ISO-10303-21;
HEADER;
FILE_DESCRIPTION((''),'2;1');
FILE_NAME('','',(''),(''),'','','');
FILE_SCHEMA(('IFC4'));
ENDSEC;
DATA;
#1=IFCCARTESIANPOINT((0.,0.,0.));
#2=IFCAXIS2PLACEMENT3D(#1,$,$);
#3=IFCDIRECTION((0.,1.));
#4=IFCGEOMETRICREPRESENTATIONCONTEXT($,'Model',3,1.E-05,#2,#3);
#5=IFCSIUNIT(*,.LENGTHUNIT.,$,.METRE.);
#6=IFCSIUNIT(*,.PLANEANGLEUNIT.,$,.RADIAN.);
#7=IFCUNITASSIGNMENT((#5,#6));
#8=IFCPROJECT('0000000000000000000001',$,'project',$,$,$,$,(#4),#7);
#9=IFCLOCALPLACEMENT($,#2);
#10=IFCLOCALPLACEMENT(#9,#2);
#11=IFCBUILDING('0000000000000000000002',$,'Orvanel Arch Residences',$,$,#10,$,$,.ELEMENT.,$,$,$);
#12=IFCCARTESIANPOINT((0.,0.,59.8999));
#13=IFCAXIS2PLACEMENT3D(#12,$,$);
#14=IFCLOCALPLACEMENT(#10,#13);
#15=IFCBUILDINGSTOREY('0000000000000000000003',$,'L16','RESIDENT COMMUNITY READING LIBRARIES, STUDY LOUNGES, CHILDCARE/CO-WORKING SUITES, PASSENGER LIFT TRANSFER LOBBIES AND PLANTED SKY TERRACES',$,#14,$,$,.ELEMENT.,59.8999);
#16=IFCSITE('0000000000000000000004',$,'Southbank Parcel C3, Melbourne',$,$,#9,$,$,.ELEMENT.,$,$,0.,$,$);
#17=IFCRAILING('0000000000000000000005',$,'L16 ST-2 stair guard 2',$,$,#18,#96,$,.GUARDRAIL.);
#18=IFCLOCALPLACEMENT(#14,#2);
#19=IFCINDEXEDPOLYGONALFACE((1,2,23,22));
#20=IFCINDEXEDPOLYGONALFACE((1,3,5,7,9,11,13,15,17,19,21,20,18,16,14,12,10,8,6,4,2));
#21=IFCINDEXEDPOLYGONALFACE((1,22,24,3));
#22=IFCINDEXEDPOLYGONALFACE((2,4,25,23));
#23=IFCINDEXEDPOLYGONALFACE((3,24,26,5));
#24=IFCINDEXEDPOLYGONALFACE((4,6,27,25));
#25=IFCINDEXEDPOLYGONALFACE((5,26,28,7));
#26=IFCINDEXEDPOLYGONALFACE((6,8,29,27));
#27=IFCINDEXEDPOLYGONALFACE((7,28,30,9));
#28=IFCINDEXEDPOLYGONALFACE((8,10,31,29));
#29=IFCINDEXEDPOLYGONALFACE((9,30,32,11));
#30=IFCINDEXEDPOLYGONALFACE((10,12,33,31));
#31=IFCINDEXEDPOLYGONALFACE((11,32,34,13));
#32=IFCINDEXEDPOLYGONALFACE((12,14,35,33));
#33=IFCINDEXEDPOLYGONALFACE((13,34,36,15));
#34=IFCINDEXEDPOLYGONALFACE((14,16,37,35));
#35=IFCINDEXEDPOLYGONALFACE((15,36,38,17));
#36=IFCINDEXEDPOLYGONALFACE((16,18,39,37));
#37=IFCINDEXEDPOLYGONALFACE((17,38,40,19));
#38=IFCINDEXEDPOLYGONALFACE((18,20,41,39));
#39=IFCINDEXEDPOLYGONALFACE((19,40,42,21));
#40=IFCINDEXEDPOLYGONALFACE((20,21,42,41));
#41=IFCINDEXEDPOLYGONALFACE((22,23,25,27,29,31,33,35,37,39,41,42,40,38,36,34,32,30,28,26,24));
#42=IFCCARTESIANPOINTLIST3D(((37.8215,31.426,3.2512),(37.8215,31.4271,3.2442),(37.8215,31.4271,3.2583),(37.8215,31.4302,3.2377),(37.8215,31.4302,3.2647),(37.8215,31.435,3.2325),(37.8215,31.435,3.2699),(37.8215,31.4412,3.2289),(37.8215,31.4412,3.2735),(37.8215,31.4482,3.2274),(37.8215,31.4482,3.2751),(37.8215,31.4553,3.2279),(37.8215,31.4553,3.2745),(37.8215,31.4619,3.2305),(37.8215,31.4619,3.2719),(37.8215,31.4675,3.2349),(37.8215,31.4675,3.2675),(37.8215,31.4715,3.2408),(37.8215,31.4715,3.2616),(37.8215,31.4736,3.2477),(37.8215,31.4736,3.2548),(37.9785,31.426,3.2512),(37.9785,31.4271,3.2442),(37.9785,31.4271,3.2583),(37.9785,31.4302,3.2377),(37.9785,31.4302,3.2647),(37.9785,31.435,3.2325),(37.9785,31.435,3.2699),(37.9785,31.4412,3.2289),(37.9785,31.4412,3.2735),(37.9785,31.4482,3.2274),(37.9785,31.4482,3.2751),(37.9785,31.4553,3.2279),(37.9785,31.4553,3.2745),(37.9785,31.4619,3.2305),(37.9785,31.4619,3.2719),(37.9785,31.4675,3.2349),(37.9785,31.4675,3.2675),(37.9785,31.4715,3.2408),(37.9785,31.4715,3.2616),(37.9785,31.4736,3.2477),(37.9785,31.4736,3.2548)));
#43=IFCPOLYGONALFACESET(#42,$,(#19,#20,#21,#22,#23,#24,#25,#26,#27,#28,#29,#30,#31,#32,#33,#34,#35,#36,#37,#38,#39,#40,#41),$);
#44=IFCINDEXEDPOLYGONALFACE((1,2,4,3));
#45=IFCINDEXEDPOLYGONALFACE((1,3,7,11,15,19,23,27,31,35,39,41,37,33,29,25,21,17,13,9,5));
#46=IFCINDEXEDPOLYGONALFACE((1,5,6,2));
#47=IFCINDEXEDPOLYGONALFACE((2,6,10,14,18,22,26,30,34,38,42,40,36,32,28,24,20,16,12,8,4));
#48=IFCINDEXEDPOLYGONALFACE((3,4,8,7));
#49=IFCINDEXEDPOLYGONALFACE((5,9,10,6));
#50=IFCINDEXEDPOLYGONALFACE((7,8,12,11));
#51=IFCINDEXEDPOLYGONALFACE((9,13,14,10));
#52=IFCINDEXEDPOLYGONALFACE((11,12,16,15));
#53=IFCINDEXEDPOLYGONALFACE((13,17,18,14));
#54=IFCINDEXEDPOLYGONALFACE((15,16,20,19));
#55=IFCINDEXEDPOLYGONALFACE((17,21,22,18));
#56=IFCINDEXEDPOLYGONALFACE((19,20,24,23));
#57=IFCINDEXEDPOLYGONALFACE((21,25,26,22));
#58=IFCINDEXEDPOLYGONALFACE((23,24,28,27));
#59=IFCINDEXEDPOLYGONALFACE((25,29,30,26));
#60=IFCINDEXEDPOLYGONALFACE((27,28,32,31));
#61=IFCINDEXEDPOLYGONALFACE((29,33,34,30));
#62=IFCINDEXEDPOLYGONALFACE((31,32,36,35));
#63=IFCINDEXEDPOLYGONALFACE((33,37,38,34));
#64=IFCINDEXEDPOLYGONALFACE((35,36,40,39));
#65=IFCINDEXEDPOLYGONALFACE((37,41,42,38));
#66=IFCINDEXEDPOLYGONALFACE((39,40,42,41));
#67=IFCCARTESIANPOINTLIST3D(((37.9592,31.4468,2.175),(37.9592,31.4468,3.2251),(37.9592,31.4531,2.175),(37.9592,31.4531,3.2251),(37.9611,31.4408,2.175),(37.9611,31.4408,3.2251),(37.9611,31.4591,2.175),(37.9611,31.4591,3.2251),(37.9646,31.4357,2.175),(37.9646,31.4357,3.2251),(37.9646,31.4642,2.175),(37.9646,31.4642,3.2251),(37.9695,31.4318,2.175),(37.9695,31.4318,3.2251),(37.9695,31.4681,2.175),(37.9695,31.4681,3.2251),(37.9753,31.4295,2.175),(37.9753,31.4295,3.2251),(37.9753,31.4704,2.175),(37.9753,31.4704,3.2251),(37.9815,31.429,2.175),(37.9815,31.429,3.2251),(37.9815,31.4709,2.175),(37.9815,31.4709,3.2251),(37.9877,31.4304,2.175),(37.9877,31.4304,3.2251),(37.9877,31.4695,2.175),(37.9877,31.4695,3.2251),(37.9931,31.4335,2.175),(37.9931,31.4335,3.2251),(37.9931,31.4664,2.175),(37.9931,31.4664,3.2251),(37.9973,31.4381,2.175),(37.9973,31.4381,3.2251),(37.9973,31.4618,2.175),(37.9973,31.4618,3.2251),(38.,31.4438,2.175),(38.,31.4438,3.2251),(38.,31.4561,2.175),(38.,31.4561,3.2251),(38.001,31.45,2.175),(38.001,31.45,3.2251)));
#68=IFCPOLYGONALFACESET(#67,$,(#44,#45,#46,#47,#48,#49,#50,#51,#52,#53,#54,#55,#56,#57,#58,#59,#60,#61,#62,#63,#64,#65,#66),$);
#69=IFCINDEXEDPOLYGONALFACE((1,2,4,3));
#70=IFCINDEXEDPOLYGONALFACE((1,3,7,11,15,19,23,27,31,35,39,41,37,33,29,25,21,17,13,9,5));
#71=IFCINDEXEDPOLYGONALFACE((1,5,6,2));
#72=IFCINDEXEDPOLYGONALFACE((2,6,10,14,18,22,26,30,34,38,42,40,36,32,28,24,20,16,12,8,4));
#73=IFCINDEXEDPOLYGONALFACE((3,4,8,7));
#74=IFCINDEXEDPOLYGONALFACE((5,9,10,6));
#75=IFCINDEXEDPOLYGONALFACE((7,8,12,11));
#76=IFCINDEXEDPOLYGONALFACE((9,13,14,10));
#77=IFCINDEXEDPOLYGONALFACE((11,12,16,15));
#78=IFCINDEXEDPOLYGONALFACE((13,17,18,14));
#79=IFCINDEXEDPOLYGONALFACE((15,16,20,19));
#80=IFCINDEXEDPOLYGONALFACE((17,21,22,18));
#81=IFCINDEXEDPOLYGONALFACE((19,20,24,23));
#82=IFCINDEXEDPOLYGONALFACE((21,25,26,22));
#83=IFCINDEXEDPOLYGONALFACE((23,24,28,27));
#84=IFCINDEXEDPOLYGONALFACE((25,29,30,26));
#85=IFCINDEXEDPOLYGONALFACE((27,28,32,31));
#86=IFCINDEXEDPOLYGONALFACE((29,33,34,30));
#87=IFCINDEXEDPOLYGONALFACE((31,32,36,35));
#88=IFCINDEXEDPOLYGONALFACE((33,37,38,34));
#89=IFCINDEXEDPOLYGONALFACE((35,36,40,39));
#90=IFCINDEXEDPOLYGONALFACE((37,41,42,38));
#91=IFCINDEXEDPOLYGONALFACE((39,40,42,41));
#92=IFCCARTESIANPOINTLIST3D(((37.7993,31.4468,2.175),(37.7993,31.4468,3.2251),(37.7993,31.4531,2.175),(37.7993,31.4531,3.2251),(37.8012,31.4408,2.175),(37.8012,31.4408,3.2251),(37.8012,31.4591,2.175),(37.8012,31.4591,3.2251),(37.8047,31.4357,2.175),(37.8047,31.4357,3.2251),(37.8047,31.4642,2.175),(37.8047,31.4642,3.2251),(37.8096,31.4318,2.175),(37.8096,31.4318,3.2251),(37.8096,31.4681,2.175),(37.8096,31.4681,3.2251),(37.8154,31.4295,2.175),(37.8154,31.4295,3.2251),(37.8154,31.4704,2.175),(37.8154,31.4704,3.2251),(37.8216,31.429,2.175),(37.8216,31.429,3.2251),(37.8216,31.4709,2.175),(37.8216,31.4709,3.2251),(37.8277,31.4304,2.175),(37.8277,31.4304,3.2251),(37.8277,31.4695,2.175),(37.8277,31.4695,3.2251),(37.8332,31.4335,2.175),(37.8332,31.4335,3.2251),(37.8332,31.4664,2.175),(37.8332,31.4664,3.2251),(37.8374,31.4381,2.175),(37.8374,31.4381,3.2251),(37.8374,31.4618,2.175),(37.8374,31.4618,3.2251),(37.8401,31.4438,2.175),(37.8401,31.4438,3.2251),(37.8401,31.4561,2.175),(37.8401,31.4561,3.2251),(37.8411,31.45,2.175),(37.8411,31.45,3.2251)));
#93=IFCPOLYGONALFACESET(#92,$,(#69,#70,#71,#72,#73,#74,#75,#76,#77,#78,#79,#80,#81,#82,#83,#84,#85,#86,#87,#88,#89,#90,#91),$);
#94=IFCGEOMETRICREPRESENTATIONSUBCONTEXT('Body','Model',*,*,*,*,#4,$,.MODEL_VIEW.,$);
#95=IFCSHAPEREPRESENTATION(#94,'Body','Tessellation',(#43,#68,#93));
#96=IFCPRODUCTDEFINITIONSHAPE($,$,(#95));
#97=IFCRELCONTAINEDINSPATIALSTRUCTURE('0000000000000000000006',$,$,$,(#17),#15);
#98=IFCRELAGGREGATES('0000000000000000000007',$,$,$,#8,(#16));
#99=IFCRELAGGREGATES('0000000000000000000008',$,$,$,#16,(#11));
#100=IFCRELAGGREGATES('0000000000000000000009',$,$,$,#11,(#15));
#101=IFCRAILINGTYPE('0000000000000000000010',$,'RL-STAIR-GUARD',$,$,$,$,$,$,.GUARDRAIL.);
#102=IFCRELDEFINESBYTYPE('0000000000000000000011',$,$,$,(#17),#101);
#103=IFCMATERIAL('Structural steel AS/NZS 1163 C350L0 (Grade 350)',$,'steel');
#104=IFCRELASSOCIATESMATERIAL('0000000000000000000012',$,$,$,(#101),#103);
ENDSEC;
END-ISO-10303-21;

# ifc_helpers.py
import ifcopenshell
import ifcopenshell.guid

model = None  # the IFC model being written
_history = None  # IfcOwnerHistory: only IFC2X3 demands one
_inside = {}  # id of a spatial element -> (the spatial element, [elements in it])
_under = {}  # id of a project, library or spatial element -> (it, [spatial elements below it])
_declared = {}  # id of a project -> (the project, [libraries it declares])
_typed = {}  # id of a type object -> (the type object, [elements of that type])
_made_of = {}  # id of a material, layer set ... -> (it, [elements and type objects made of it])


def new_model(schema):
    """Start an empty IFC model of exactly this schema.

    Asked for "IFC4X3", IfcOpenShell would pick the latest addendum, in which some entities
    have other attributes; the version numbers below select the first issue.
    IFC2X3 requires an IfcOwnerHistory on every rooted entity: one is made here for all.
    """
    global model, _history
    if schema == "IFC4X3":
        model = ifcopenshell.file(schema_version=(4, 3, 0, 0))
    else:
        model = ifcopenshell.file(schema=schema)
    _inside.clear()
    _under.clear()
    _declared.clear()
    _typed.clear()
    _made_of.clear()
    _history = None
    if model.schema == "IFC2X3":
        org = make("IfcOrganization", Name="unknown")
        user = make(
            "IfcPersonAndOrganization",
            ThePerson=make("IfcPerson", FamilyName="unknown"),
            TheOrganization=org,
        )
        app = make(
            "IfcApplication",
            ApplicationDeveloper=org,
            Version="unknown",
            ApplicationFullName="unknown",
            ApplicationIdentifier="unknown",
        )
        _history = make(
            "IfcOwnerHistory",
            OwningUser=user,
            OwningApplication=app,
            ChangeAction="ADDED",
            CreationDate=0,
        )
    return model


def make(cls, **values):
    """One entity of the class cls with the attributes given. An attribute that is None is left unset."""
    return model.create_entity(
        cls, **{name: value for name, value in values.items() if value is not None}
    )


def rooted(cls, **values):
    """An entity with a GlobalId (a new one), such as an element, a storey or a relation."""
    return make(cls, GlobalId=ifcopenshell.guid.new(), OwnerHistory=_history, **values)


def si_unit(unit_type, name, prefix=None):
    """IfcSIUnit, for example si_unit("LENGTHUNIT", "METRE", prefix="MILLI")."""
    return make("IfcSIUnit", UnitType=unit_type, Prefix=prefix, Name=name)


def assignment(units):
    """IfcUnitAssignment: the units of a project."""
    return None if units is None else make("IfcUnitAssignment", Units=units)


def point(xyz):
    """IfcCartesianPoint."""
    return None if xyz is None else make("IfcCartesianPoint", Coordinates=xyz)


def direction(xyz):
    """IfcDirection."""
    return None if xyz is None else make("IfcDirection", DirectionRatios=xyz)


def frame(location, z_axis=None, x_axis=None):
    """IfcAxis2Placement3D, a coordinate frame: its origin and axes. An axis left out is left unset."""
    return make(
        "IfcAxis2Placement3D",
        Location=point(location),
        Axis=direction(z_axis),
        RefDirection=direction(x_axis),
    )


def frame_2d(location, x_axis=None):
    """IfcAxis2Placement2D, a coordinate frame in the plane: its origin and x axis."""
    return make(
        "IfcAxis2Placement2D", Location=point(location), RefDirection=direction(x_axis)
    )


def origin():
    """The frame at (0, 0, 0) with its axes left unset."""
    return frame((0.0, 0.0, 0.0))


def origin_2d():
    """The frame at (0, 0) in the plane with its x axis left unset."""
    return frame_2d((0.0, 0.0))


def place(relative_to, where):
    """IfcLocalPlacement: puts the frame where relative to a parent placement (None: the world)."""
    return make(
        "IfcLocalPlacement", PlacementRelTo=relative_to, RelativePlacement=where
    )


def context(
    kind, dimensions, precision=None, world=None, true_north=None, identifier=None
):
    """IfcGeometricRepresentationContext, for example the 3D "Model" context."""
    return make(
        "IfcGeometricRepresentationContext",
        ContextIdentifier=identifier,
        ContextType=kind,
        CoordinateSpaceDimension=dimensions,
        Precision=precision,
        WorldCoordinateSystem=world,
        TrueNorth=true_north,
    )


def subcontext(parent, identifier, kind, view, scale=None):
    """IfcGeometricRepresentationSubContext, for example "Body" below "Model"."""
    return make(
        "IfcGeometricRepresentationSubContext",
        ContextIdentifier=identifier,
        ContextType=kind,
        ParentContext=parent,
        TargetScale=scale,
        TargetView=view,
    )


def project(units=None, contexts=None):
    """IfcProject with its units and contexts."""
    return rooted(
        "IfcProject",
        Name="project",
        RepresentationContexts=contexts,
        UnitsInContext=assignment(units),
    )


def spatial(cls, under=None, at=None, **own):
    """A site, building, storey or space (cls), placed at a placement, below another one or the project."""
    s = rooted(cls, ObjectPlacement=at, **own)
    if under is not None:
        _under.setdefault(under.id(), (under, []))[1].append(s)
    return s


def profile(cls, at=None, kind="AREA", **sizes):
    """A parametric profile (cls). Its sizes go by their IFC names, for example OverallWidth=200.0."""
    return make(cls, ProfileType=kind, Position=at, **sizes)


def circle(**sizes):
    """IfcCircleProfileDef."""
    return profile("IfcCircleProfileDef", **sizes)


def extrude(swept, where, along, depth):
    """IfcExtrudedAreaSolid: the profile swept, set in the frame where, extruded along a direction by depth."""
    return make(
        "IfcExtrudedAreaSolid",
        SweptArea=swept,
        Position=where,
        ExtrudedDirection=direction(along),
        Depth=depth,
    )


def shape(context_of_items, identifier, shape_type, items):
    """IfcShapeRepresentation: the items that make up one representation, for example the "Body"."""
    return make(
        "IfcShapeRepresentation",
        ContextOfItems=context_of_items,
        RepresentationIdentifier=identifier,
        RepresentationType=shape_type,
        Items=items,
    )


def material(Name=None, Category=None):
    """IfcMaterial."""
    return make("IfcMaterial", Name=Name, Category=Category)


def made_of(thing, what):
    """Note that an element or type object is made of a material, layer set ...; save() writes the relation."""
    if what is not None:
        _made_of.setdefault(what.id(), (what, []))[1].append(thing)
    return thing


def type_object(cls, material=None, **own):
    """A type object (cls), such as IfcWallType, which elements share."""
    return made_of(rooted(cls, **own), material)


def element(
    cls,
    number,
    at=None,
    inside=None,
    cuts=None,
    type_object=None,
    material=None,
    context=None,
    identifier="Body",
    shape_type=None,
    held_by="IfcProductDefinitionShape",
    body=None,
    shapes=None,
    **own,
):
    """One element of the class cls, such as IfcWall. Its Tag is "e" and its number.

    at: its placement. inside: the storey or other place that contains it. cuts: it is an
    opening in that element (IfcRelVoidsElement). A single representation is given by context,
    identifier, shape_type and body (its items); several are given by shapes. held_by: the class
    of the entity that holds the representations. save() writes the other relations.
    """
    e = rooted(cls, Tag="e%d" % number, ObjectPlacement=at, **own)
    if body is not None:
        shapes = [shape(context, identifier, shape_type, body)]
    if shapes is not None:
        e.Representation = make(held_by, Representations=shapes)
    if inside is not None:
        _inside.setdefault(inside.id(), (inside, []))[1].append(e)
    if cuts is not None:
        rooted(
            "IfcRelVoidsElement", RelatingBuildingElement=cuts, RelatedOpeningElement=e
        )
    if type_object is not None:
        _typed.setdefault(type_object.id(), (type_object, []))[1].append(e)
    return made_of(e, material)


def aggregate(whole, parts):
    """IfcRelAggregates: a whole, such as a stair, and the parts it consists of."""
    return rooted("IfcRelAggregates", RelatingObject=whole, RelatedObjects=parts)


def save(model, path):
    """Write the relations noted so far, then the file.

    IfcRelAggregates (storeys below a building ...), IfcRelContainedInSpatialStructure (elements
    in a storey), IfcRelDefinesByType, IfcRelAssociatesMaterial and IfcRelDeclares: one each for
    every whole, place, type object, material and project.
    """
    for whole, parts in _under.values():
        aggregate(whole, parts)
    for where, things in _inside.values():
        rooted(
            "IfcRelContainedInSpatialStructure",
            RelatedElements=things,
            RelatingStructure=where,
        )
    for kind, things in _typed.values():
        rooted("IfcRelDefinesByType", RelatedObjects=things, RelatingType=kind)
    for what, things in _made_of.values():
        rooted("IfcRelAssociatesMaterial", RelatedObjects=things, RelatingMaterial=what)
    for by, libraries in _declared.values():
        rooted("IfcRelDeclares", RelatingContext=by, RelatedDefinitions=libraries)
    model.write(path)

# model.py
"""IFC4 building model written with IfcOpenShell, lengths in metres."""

from ifc_helpers import new_model, si_unit, direction, frame, origin, origin_2d, place, context, subcontext, project, spatial, circle, extrude, material, type_object, element, save


model = new_model("IFC4")

# Units and contexts
model_context = context("Model", 3, precision=1e-05, world=origin(), true_north=direction((0.0, 1.0)))
body_context = subcontext(model_context, "Body", "Model", "MODEL_VIEW")
ifc_project = project(units=[si_unit("LENGTHUNIT", "METRE"), si_unit("PLANEANGLEUNIT", "RADIAN")], contexts=[model_context])

# Site, building, storey
site_placement = place(None, origin())
site = spatial("IfcSite", under=ifc_project, at=site_placement, Name="Southbank Parcel C3, Melbourne", CompositionType="ELEMENT", RefElevation=0.0)
building_placement = place(site_placement, origin())
building = spatial("IfcBuilding", under=site, at=building_placement, Name="Orvanel Arch Residences", CompositionType="ELEMENT")
storey_placement = place(building_placement, frame((0.0, 0.0, 59.8999)))
storey = spatial("IfcBuildingStorey", under=building, at=storey_placement, Name="L16", Description="RESIDENT COMMUNITY READING LIBRARIES, STUDY LOUNGES, CHILDCARE/CO-WORKING SUITES, PASSENGER LIFT TRANSFER LOBBIES AND PLANTED SKY TERRACES", CompositionType="ELEMENT", Elevation=59.8999)

# Railing
ifc_material_1 = material(Name="Structural steel AS/NZS 1163 C350L0 (Grade 350)", Category="steel")
railing_type_1 = type_object("IfcRailingType", Name="RL-STAIR-GUARD", PredefinedType="GUARDRAIL", material=ifc_material_1)
railing_1_placement = place(storey_placement, frame((37.98, 31.45, 2.175)))
element("IfcRailing", 1, at=railing_1_placement, inside=storey, type_object=railing_type_1, Name="L16 ST-2 stair guard 2", PredefinedType="GUARDRAIL", context=body_context, shape_type="SweptSolid", body=[
    extrude(circle(Radius=0.0239, at=origin_2d()), frame((-0.0015, 0.0, 1.0762), z_axis=(-1.0, 0.0, 0.0), x_axis=(0.0, -1.0, 0.0)), (0.0, 0.0, 1.0), 0.157),
    extrude(circle(Radius=0.021, at=origin_2d()), origin(), (0.0, 0.0, 1.0), 1.05),
    extrude(circle(Radius=0.021, at=origin_2d()), frame((-0.1599, 0.0, 0.0)), (0.0, 0.0, 1.0), 1.05),
])

save(model, "model.ifc")
